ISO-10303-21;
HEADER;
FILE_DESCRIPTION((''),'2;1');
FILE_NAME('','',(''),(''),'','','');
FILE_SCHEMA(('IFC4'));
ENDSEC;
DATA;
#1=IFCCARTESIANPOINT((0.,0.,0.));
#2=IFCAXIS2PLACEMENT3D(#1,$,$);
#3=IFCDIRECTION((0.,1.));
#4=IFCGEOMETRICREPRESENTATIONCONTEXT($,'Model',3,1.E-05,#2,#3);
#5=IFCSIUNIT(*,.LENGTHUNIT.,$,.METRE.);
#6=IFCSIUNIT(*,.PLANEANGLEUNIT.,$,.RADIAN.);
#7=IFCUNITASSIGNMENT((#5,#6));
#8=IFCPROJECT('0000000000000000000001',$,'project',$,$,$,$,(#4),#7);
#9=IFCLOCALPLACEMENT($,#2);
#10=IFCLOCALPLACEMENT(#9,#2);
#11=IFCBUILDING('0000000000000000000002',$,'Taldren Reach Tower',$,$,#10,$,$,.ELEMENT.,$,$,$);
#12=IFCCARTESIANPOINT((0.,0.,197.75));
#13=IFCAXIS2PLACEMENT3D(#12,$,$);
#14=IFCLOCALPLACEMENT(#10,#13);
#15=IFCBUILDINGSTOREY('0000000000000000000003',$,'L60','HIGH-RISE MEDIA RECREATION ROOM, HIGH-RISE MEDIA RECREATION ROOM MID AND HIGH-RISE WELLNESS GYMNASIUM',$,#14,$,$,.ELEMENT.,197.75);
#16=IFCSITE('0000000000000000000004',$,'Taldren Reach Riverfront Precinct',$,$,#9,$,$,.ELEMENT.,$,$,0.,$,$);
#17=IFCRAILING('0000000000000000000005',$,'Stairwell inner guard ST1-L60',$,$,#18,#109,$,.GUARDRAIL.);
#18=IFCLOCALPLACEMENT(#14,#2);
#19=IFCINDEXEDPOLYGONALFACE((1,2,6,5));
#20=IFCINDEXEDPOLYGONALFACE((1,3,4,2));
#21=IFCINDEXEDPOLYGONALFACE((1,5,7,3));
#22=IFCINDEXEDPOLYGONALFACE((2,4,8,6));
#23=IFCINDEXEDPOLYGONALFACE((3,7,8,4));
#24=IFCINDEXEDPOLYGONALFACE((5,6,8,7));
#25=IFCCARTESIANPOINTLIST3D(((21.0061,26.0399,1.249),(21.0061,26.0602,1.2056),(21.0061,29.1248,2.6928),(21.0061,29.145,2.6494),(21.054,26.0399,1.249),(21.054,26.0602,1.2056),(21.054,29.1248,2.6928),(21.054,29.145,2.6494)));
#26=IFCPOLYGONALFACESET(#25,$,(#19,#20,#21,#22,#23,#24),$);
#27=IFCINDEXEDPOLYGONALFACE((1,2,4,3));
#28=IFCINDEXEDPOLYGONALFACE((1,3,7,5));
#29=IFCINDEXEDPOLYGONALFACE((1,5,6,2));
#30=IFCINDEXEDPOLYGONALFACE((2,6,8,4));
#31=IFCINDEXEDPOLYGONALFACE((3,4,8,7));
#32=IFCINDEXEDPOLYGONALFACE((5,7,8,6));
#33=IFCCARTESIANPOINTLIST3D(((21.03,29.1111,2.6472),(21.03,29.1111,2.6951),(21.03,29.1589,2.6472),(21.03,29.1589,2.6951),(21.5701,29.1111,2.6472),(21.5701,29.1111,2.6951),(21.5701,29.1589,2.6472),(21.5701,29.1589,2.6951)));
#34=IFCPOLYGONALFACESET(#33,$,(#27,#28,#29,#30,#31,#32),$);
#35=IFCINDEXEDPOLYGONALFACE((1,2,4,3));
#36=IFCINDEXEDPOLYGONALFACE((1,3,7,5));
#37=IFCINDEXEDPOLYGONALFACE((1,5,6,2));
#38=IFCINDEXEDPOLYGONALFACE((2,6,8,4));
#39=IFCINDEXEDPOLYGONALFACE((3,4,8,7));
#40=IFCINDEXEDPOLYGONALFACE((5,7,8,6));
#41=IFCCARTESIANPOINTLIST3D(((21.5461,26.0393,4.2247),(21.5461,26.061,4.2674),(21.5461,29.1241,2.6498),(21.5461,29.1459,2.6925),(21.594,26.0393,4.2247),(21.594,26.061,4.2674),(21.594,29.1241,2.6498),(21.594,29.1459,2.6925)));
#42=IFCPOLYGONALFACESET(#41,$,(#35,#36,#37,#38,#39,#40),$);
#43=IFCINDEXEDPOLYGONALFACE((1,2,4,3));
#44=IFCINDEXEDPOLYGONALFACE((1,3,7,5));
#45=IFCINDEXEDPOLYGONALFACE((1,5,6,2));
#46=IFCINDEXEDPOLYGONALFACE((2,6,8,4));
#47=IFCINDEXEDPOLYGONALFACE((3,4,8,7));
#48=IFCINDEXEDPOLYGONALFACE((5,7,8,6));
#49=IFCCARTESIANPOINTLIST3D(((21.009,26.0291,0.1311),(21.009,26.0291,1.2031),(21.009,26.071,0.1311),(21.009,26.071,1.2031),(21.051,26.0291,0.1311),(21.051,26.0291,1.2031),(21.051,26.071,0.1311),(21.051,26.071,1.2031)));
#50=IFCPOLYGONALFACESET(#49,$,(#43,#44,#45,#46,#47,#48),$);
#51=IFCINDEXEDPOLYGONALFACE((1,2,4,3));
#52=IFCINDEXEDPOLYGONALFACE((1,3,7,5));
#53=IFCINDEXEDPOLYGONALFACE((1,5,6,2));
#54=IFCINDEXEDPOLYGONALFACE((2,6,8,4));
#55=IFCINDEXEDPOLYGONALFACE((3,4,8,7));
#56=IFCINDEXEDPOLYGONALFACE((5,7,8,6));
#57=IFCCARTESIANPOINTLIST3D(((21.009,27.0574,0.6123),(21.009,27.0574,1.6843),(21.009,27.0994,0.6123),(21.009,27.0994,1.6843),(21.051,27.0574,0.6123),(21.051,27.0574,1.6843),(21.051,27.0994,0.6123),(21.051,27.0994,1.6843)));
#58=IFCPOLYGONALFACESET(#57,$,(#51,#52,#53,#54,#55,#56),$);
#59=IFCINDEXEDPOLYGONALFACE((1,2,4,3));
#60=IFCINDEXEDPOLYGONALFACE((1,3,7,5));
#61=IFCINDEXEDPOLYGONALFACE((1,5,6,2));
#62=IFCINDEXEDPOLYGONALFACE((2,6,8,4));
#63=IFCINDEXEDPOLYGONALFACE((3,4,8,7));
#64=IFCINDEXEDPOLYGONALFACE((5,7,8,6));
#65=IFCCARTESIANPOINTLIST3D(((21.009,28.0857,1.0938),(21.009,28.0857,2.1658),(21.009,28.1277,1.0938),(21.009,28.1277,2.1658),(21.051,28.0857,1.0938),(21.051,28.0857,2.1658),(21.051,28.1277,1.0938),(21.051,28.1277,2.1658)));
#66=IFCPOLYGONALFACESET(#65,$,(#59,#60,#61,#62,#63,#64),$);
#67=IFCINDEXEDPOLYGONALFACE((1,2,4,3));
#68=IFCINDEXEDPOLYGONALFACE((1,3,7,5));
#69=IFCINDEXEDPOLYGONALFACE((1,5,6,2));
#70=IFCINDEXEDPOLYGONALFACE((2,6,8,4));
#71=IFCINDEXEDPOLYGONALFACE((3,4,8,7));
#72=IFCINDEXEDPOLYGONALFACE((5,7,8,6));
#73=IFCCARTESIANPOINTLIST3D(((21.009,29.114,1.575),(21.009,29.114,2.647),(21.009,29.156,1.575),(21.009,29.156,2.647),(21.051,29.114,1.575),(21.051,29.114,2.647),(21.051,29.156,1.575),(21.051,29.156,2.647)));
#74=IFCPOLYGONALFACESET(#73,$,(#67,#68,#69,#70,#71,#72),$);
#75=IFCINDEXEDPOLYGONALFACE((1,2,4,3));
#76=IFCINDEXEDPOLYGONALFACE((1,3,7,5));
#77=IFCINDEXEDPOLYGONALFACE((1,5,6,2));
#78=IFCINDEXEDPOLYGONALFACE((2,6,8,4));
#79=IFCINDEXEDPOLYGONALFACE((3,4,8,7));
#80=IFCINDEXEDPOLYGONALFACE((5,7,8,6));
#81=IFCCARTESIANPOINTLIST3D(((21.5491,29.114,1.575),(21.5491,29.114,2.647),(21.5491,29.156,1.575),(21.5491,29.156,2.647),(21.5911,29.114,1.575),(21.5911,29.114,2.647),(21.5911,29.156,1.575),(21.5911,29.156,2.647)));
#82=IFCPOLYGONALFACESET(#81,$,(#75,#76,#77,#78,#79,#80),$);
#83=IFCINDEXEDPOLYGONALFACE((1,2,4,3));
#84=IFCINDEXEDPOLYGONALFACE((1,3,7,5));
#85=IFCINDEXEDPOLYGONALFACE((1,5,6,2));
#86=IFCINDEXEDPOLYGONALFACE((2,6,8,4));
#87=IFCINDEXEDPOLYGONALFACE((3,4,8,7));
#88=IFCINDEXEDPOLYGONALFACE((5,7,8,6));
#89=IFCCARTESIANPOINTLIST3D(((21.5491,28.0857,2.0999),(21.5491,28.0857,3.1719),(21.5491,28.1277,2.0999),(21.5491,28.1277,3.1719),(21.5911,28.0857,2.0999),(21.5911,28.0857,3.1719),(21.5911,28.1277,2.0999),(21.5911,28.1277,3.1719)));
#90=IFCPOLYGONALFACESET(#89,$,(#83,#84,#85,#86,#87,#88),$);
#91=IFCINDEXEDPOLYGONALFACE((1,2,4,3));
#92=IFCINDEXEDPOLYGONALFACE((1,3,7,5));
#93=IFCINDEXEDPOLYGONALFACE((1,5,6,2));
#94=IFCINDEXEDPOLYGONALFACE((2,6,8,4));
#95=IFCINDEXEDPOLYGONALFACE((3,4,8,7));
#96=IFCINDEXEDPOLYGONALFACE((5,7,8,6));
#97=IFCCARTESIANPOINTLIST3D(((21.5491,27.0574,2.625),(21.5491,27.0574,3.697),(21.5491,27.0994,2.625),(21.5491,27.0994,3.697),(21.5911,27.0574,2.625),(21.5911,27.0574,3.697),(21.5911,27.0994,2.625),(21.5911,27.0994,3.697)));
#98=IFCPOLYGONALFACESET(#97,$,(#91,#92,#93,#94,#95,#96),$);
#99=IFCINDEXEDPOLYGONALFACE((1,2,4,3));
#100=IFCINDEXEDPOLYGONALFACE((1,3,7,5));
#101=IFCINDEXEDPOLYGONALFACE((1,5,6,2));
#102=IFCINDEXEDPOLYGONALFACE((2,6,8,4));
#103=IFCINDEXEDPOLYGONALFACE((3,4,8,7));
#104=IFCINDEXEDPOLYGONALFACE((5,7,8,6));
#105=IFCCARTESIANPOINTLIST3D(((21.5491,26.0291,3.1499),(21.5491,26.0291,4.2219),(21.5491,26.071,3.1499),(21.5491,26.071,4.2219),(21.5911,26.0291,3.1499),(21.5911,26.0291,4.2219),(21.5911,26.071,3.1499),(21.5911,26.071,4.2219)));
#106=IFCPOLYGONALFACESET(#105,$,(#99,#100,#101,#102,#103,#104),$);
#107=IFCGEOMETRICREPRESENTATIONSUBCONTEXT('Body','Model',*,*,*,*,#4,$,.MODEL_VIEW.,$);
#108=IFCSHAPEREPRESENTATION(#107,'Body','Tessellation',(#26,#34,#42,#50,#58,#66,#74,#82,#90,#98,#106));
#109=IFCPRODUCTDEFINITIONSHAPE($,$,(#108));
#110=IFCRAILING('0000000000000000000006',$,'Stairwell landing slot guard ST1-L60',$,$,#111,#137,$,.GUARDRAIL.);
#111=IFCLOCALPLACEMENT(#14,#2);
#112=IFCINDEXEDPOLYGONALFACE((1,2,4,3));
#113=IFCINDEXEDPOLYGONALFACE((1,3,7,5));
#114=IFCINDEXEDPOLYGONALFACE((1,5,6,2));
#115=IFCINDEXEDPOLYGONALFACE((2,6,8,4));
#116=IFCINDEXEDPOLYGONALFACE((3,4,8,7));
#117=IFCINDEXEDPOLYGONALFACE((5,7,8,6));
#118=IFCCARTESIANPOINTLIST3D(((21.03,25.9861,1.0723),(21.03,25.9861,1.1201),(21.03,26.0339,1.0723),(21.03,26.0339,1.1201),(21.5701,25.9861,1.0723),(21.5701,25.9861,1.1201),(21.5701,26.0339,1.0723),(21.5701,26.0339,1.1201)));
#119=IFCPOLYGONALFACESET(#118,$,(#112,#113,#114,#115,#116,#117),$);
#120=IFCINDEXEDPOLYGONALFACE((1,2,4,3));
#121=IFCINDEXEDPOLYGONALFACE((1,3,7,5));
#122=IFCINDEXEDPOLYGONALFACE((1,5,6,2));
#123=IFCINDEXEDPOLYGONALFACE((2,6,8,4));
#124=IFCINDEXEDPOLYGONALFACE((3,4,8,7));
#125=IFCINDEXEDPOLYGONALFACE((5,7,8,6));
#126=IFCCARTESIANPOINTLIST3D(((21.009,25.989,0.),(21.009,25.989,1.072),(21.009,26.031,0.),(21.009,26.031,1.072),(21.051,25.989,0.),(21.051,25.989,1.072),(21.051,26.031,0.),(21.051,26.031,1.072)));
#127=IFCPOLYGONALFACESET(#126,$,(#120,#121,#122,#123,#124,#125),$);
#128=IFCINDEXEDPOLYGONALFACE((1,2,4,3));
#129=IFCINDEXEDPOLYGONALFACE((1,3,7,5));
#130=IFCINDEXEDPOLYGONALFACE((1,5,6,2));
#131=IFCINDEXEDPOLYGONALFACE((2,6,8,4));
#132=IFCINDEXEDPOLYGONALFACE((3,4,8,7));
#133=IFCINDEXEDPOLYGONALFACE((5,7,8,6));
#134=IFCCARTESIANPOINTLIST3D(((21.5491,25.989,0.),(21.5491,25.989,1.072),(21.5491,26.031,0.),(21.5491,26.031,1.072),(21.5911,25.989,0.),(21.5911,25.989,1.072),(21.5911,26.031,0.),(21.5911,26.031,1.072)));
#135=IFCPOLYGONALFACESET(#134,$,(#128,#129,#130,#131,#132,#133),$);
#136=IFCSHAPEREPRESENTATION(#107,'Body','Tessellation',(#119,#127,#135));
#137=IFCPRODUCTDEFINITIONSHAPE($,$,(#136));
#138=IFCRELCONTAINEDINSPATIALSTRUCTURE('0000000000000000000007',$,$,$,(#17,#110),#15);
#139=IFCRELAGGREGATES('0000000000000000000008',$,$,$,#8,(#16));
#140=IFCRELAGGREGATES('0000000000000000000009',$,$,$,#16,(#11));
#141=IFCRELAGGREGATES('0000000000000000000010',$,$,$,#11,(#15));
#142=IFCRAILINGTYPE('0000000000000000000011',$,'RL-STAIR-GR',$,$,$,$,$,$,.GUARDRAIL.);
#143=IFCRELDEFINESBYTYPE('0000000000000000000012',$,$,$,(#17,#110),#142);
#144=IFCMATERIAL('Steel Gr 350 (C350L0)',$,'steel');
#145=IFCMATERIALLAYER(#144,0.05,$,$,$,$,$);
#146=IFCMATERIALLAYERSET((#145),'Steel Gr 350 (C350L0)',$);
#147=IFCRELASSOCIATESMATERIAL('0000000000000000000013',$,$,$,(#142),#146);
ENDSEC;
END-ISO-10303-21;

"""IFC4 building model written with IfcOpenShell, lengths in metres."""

from ifc_helpers import new_model, si_unit, direction, frame, origin, origin_2d, place, context, subcontext, project, spatial, rectangle, extrude, material, layer, layer_set, type_object, element, save


model = new_model("IFC4")

# Units and contexts
model_context = context("Model", 3, precision=1e-05, world=origin(), true_north=direction((0.0, 1.0)))
body_context = subcontext(model_context, "Body", "Model", "MODEL_VIEW")
ifc_project = project(units=[si_unit("LENGTHUNIT", "METRE"), si_unit("PLANEANGLEUNIT", "RADIAN")], contexts=[model_context])

# Site, building, storey
site_placement = place(None, origin())
site = spatial("IfcSite", under=ifc_project, at=site_placement, Name="Taldren Reach Riverfront Precinct", CompositionType="ELEMENT", RefElevation=0.0)
building_placement = place(site_placement, origin())
building = spatial("IfcBuilding", under=site, at=building_placement, Name="Taldren Reach Tower", CompositionType="ELEMENT")
storey_placement = place(building_placement, frame((0.0, 0.0, 197.75)))
storey = spatial("IfcBuildingStorey", under=building, at=storey_placement, Name="L60", Description="HIGH-RISE MEDIA RECREATION ROOM, HIGH-RISE MEDIA RECREATION ROOM MID AND HIGH-RISE WELLNESS GYMNASIUM", CompositionType="ELEMENT", Elevation=197.75)

# Shared definitions
ifc_material_1 = material(Name="Steel Gr 350 (C350L0)", Category="steel")

# Railings
ifc_layer_1 = layer(ifc_material_1, 0.05)
ifc_layer_set_1 = layer_set([ifc_layer_1], Name="Steel Gr 350 (C350L0)")
railing_type_1 = type_object("IfcRailingType", Name="RL-STAIR-GR", PredefinedType="GUARDRAIL", material=ifc_layer_set_1)
railing_1_placement = place(storey_placement, frame((21.03, 26.05, 0.1311)))
element("IfcRailing", 1, at=railing_1_placement, inside=storey, type_object=railing_type_1, Name="Stairwell inner guard ST1-L60", PredefinedType="GUARDRAIL", context=body_context, shape_type="SweptSolid", body=[
    extrude(rectangle(XDim=0.0479, YDim=0.0479, at=origin_2d()), frame((0.0, 0.0, 1.0962), z_axis=(0.0, 0.90571, 0.423898), x_axis=(-1.0, 0.0, 0.0)), (0.0, 0.0, 1.0), 3.406),
    extrude(rectangle(XDim=0.0479, YDim=0.0479, at=origin_2d()), frame((0.0, 3.085, 2.54), z_axis=(1.0, 0.0, 0.0), x_axis=(0.0, 1.0, 0.0)), (0.0, 0.0, 1.0), 0.54),
    extrude(rectangle(XDim=0.0479, YDim=0.0479, at=origin_2d()), frame((0.54, 3.085, 2.54), z_axis=(0.0, -0.890646, 0.454697), x_axis=(1.0, 0.0, 0.0)), (0.0, 0.0, 1.0), 3.4636),
    extrude(rectangle(XDim=0.042, YDim=0.042, at=origin_2d()), origin(), (0.0, 0.0, 1.0), 1.072),
    extrude(rectangle(XDim=0.042, YDim=0.042, at=origin_2d()), frame((0.0, 1.0283, 0.4812)), (0.0, 0.0, 1.0), 1.072),
    extrude(rectangle(XDim=0.042, YDim=0.042, at=origin_2d()), frame((0.0, 2.0566, 0.9626)), (0.0, 0.0, 1.0), 1.072),
    extrude(rectangle(XDim=0.042, YDim=0.042, at=origin_2d()), frame((0.0, 3.085, 1.4438)), (0.0, 0.0, 1.0), 1.072),
    extrude(rectangle(XDim=0.042, YDim=0.042, at=origin_2d()), frame((0.54, 3.085, 1.4438)), (0.0, 0.0, 1.0), 1.072),
    extrude(rectangle(XDim=0.042, YDim=0.042, at=origin_2d()), frame((0.54, 2.0566, 1.9688)), (0.0, 0.0, 1.0), 1.072),
    extrude(rectangle(XDim=0.042, YDim=0.042, at=origin_2d()), frame((0.54, 1.0283, 2.4939)), (0.0, 0.0, 1.0), 1.072),
    extrude(rectangle(XDim=0.042, YDim=0.042, at=origin_2d()), frame((0.54, 0.0, 3.0188)), (0.0, 0.0, 1.0), 1.072),
])
railing_2_placement = place(storey_placement, frame((21.03, 26.01, 0.0)))
element("IfcRailing", 2, at=railing_2_placement, inside=storey, type_object=railing_type_1, Name="Stairwell landing slot guard ST1-L60", PredefinedType="GUARDRAIL", context=body_context, shape_type="SweptSolid", body=[
    extrude(rectangle(XDim=0.0479, YDim=0.0479, at=origin_2d()), frame((0.0, 0.0, 1.0962), z_axis=(1.0, 0.0, 0.0), x_axis=(0.0, 1.0, 0.0)), (0.0, 0.0, 1.0), 0.54),
    extrude(rectangle(XDim=0.042, YDim=0.042, at=origin_2d()), origin(), (0.0, 0.0, 1.0), 1.072),
    extrude(rectangle(XDim=0.042, YDim=0.042, at=origin_2d()), frame((0.54, 0.0, 0.0)), (0.0, 0.0, 1.0), 1.072),
])

save(model, "model.ifc")
